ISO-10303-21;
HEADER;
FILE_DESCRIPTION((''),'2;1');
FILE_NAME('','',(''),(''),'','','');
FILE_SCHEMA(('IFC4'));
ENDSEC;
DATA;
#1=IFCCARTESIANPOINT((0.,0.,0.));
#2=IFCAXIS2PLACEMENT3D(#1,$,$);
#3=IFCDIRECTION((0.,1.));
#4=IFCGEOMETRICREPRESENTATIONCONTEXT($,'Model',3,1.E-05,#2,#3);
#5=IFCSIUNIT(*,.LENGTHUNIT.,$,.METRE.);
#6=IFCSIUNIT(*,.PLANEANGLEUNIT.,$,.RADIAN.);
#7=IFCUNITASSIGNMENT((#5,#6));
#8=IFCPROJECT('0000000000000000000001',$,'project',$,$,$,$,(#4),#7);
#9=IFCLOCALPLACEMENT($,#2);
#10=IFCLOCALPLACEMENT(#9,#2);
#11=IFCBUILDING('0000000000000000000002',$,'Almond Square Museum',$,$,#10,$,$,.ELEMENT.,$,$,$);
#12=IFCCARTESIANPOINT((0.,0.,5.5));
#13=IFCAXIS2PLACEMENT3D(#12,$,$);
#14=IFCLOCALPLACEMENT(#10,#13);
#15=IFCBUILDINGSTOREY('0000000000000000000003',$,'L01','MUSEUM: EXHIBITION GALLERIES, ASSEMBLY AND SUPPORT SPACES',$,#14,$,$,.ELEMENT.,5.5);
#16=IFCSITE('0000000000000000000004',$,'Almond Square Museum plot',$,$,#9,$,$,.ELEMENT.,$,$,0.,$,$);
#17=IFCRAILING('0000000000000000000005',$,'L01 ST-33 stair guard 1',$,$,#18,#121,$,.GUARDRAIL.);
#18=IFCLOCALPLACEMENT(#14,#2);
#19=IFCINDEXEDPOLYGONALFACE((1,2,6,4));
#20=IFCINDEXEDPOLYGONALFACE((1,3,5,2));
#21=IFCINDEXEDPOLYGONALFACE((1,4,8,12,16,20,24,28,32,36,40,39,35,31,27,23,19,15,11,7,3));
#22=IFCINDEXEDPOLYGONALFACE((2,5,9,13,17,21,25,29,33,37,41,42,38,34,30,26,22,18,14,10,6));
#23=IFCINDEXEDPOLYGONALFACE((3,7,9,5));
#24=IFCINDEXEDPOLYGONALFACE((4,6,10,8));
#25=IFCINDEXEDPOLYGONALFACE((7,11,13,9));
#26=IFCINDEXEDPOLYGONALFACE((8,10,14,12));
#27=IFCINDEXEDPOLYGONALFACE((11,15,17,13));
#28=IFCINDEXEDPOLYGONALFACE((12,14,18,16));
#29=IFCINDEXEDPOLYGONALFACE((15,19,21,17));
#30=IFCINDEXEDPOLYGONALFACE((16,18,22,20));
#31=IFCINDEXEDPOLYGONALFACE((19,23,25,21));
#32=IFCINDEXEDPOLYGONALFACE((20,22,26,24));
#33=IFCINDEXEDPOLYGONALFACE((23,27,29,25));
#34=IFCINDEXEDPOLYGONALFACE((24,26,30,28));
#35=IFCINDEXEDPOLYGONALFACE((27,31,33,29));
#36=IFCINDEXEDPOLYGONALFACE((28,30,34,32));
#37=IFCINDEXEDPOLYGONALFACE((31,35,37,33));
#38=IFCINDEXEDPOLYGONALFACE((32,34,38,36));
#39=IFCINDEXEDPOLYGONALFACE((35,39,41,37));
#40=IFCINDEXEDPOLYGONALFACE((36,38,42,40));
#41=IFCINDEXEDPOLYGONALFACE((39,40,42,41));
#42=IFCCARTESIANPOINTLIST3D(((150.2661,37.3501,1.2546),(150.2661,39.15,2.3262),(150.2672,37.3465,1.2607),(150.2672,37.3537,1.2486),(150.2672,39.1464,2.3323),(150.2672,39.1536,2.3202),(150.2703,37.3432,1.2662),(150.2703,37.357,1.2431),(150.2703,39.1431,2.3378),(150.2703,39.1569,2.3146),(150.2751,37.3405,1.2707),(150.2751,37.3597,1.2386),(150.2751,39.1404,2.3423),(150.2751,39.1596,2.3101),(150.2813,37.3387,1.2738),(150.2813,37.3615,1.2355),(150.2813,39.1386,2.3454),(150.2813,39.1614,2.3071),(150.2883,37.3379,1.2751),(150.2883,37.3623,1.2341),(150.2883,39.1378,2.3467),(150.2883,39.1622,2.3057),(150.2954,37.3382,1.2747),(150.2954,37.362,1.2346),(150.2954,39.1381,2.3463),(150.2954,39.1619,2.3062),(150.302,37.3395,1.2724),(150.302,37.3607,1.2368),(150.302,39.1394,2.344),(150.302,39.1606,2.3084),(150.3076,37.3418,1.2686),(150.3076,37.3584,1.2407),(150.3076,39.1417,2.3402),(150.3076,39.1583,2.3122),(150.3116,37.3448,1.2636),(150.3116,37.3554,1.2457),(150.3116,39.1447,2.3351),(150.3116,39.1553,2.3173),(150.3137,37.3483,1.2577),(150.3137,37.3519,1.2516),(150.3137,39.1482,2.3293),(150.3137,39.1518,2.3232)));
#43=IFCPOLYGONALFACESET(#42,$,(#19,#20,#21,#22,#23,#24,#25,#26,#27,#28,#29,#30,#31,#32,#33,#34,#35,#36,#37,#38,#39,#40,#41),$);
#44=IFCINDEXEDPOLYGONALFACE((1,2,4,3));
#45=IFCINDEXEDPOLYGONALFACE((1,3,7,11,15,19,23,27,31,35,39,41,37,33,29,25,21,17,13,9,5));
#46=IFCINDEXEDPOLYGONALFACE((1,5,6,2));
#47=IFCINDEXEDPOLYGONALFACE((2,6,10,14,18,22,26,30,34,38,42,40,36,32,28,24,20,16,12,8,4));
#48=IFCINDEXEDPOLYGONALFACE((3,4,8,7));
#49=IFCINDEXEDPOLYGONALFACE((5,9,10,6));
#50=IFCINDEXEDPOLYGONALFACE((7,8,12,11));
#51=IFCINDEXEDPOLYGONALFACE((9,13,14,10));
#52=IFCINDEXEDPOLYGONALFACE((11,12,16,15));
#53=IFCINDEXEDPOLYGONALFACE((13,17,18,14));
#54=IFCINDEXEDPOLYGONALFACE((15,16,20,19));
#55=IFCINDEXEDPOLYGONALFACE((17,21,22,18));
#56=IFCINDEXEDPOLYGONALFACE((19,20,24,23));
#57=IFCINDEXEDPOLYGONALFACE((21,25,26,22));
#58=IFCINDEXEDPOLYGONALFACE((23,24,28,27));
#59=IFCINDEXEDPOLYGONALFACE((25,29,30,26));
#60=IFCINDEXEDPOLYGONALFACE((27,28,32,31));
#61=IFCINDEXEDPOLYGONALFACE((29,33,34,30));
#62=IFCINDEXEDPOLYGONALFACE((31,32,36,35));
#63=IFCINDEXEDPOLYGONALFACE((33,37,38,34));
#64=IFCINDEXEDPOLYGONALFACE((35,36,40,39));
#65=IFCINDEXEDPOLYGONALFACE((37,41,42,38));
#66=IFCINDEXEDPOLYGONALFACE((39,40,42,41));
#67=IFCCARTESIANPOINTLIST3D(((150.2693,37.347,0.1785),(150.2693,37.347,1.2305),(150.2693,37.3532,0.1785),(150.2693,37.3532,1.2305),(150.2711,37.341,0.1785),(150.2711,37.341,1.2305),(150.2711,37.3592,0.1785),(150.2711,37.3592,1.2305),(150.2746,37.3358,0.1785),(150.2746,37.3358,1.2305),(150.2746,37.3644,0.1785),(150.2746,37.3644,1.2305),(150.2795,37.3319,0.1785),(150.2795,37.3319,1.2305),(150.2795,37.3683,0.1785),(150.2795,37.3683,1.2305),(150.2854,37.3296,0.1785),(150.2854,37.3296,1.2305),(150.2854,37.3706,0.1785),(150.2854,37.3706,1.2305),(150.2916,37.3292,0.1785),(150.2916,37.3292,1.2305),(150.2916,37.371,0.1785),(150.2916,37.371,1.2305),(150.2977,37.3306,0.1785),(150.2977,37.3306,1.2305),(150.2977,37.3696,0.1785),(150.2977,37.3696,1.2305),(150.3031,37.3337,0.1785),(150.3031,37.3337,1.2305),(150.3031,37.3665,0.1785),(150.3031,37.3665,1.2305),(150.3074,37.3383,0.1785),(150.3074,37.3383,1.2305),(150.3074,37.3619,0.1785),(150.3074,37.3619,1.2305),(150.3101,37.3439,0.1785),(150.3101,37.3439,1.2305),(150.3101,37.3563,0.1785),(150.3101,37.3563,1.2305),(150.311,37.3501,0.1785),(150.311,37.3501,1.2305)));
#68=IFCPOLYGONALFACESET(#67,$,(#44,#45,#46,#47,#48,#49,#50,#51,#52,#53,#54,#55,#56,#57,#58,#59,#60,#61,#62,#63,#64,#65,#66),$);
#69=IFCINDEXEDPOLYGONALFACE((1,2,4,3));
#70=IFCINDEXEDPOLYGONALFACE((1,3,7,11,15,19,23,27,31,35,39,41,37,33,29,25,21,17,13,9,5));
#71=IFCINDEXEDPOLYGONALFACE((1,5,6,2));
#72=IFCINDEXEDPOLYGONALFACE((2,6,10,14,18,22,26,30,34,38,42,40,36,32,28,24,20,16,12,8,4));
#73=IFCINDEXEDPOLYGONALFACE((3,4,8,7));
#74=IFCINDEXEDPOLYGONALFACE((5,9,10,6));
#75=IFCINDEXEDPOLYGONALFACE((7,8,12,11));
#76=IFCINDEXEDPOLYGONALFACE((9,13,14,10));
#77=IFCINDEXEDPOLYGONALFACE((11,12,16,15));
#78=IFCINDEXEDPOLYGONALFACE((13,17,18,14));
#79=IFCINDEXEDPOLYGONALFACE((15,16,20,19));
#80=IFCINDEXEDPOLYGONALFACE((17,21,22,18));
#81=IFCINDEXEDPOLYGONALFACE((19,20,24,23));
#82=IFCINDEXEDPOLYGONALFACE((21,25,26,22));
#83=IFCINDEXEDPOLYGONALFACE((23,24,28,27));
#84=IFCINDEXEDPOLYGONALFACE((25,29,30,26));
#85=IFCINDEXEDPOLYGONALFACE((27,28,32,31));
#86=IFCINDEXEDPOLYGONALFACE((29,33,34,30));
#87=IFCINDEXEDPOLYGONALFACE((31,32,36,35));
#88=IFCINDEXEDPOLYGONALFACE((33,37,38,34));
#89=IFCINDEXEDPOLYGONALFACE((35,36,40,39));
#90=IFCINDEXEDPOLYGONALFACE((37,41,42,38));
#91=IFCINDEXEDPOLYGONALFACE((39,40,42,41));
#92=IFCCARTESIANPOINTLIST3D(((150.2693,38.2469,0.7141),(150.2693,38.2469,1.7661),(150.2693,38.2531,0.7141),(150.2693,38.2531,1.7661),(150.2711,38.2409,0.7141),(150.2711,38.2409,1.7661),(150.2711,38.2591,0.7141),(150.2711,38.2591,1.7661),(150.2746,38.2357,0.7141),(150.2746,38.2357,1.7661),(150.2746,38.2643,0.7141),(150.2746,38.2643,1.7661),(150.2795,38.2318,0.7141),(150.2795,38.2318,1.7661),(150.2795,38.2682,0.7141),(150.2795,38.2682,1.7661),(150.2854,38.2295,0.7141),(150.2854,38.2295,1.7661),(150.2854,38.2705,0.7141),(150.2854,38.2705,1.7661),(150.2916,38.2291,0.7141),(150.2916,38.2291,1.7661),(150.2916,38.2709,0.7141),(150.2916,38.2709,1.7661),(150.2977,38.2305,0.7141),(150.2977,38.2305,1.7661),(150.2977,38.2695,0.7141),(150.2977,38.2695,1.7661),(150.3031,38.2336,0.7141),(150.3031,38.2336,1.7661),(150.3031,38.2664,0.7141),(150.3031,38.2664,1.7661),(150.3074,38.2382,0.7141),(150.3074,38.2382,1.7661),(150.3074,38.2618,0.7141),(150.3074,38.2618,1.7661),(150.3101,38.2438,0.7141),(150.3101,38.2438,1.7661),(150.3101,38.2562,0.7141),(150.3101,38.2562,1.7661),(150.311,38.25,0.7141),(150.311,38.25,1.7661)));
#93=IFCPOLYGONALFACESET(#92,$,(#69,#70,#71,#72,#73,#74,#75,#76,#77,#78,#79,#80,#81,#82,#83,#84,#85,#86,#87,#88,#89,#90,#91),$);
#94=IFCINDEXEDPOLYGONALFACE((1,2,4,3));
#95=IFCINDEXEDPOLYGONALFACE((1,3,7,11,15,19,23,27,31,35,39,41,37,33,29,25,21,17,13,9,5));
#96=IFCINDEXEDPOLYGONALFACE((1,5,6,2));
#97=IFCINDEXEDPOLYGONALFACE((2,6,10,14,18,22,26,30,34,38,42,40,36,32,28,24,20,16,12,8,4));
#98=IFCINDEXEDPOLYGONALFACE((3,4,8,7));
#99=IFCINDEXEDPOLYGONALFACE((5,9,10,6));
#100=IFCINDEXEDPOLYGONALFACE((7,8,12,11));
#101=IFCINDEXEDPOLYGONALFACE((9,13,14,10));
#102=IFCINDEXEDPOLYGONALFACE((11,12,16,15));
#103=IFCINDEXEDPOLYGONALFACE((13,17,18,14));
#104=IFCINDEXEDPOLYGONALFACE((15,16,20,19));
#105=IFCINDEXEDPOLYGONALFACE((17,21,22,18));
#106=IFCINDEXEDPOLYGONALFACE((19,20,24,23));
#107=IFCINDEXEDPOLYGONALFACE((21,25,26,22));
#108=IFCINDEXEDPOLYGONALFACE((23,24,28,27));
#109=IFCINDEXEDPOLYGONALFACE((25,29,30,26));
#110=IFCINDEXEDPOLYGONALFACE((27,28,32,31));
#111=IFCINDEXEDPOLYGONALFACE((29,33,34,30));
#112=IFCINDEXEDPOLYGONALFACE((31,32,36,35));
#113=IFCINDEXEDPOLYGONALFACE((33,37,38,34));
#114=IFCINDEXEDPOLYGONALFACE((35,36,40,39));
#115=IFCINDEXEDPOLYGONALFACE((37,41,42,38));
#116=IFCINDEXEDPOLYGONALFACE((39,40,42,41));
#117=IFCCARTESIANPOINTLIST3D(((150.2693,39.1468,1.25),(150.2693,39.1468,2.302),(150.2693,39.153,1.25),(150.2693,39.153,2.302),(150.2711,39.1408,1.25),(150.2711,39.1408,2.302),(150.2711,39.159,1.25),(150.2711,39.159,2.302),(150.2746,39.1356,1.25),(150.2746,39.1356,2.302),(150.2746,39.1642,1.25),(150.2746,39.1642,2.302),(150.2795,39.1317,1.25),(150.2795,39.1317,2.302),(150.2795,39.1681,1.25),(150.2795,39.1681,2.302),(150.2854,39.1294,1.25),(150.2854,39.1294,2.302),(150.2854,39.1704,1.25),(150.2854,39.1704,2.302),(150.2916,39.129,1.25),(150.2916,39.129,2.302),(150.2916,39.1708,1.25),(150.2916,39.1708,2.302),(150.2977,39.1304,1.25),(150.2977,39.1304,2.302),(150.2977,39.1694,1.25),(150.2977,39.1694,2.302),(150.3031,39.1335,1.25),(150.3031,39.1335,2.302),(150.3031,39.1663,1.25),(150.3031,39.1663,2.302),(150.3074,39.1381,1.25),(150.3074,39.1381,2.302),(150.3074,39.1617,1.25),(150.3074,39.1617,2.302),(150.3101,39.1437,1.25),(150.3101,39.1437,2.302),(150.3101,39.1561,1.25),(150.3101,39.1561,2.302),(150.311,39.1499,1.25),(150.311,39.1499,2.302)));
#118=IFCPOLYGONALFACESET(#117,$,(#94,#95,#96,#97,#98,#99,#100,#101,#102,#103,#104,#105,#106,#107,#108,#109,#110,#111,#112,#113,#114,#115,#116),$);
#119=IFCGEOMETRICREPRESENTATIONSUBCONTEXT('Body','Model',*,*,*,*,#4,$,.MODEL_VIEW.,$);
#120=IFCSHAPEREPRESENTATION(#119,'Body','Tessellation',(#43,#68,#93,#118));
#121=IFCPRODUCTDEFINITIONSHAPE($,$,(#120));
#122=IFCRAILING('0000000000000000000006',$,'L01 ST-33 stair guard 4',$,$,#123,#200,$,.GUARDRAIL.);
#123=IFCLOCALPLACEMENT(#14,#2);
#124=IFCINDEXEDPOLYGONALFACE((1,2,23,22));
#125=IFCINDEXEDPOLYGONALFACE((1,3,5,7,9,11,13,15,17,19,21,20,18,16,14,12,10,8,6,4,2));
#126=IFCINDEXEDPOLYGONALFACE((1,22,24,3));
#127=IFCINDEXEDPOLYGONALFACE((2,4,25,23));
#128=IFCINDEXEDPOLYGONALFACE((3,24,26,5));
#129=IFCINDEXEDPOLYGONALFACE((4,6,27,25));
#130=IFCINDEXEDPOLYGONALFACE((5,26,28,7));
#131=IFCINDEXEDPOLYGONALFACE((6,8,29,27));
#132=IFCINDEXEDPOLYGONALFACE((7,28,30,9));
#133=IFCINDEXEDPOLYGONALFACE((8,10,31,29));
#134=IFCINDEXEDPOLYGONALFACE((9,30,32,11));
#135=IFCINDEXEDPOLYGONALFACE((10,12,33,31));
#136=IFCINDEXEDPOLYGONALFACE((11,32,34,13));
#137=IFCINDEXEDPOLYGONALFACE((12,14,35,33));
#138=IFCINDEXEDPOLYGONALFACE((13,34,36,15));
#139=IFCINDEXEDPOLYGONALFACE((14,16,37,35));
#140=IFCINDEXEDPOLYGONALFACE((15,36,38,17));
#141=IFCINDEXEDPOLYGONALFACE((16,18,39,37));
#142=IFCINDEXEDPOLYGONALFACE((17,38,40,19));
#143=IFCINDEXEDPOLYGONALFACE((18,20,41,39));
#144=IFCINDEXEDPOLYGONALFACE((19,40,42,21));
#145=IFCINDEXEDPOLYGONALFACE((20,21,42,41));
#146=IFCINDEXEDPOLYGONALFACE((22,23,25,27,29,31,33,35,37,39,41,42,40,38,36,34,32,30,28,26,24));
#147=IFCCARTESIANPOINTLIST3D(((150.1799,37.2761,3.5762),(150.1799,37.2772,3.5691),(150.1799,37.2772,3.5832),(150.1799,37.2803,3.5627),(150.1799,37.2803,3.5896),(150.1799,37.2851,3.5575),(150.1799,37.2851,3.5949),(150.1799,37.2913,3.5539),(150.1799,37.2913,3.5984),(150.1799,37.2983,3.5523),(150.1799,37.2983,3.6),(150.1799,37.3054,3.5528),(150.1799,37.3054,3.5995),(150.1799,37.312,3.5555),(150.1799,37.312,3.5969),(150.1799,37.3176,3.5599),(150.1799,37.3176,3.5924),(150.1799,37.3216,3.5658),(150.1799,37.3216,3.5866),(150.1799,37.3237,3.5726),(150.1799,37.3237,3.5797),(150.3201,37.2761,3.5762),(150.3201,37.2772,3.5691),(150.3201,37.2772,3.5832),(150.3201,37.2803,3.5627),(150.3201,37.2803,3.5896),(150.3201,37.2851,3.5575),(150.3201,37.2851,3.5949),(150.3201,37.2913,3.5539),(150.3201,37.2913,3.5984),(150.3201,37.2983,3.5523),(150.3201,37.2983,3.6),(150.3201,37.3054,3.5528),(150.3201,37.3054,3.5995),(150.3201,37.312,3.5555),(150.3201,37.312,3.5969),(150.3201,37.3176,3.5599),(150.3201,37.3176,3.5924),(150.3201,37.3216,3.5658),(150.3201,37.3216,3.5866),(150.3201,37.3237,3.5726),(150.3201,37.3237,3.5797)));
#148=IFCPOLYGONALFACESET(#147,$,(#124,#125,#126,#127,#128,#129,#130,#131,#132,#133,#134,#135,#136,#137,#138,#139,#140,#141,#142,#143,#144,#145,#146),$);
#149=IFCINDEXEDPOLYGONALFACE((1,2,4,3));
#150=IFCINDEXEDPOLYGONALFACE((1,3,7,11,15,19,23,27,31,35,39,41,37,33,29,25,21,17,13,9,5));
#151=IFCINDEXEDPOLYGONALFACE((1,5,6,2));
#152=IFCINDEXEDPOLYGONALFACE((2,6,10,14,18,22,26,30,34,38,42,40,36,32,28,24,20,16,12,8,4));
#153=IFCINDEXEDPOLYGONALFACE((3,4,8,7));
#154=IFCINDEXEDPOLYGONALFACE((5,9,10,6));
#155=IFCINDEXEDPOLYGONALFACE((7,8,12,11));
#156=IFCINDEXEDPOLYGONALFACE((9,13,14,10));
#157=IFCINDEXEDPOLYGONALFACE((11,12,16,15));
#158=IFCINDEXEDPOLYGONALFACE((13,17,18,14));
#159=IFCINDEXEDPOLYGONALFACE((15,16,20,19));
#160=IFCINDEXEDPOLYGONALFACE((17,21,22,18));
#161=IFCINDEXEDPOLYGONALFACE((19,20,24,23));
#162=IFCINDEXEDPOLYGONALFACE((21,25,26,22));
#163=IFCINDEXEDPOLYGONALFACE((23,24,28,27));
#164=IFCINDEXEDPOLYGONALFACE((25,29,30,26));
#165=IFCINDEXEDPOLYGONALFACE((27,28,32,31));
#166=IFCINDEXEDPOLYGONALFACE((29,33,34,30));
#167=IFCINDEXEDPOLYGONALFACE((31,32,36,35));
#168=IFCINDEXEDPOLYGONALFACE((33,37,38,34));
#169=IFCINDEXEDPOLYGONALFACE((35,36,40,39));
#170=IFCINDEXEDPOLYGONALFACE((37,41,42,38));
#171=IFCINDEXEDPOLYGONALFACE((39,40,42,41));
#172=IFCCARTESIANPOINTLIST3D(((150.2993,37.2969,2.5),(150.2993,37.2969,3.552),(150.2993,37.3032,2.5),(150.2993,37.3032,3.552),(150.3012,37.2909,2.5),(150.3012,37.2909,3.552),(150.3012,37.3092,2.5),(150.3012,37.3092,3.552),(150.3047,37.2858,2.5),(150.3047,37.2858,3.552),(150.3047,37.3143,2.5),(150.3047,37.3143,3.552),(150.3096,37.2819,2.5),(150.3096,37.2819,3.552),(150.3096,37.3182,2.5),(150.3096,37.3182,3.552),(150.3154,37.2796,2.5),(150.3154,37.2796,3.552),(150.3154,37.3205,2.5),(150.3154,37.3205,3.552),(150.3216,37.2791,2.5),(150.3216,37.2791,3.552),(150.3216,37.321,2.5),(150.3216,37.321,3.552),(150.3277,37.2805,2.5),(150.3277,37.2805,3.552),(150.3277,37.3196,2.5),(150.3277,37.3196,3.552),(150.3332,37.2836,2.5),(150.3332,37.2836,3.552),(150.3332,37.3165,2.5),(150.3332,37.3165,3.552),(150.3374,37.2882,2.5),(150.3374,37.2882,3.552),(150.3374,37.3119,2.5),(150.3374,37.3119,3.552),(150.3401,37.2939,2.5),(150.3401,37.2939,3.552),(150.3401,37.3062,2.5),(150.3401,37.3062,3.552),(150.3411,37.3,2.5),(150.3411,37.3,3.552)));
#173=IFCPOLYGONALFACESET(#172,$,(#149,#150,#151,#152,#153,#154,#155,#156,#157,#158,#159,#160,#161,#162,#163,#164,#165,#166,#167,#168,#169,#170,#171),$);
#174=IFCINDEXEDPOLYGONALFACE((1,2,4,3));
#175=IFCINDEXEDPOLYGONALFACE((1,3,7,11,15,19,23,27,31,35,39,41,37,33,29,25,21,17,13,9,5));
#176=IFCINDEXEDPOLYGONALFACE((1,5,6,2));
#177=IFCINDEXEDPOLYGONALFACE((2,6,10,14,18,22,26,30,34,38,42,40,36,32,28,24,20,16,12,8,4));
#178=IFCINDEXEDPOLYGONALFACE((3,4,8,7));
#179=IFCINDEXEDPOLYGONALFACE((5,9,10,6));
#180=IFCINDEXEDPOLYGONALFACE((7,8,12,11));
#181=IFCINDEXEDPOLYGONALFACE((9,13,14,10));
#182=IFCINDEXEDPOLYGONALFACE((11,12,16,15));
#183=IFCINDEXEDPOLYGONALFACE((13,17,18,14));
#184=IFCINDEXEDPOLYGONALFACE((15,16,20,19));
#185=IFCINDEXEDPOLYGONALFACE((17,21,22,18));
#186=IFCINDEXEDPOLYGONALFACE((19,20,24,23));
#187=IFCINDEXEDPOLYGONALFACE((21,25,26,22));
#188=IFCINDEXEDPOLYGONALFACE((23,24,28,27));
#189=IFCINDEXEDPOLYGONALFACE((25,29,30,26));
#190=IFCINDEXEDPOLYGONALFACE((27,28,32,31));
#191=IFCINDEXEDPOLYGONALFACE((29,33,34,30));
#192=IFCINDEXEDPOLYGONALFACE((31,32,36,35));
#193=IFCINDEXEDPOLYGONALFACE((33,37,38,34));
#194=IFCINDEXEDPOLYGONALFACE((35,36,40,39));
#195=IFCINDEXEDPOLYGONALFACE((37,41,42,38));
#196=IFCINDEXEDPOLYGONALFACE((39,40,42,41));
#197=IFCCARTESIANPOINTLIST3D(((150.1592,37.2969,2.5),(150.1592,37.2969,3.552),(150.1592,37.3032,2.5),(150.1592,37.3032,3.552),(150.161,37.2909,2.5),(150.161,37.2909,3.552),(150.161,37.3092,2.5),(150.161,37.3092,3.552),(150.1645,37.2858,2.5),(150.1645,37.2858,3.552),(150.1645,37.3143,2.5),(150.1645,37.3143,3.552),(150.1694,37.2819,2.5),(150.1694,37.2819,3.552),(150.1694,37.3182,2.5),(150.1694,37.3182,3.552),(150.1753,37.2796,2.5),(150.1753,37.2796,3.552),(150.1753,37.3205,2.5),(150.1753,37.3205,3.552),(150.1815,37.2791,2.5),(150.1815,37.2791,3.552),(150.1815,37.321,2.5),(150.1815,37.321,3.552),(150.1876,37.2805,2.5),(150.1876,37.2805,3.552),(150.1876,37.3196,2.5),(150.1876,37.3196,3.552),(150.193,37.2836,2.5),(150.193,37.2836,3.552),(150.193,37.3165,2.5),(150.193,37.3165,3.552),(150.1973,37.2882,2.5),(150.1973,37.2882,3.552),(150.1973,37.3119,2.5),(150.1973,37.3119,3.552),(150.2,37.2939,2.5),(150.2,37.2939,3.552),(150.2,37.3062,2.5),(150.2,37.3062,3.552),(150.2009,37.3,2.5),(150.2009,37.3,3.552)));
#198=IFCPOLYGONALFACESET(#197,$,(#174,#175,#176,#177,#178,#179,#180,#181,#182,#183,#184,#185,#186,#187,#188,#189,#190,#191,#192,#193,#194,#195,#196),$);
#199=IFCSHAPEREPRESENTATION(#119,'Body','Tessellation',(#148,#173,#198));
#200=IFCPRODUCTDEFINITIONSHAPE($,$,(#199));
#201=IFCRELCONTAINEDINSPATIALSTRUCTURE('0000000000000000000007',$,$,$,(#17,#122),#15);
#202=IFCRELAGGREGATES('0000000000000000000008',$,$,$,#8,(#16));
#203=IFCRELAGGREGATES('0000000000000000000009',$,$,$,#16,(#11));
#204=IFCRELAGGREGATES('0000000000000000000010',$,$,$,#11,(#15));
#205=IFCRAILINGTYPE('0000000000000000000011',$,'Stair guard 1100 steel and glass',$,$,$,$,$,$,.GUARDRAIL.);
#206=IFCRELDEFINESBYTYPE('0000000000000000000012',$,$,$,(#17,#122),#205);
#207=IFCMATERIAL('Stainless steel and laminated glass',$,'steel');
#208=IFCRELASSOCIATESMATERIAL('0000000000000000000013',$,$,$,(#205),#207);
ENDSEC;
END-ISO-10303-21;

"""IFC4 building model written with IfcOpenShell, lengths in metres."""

from ifc_helpers import new_model, si_unit, direction, frame, origin, origin_2d, place, context, subcontext, project, spatial, circle, extrude, material, type_object, element, save


model = new_model("IFC4")

# Units and contexts
model_context = context("Model", 3, precision=1e-05, world=origin(), true_north=direction((0.0, 1.0)))
body_context = subcontext(model_context, "Body", "Model", "MODEL_VIEW")
ifc_project = project(units=[si_unit("LENGTHUNIT", "METRE"), si_unit("PLANEANGLEUNIT", "RADIAN")], contexts=[model_context])

# Site, building, storey
site_placement = place(None, origin())
site = spatial("IfcSite", under=ifc_project, at=site_placement, Name="Almond Square Museum plot", CompositionType="ELEMENT", RefElevation=0.0)
building_placement = place(site_placement, origin())
building = spatial("IfcBuilding", under=site, at=building_placement, Name="Almond Square Museum", CompositionType="ELEMENT")
storey_placement = place(building_placement, frame((0.0, 0.0, 5.5)))
storey = spatial("IfcBuildingStorey", under=building, at=storey_placement, Name="L01", Description="MUSEUM: EXHIBITION GALLERIES, ASSEMBLY AND SUPPORT SPACES", CompositionType="ELEMENT", Elevation=5.5)

# Railings
ifc_material_1 = material(Name="Stainless steel and laminated glass", Category="steel")
railing_type = type_object("IfcRailingType", Name="Stair guard 1100 steel and glass", PredefinedType="GUARDRAIL", material=ifc_material_1)
railing_1_placement = place(storey_placement, frame((150.29, 37.3501, 0.1785)))
element("IfcRailing", 1, at=railing_1_placement, inside=storey, type_object=railing_type, Name="L01 ST-33 stair guard 1", PredefinedType="GUARDRAIL", context=body_context, shape_type="SweptSolid", body=[
    extrude(circle(Radius=0.0239, at=origin_2d()), frame((0.0, 0.0, 1.0762), z_axis=(0.0, 0.859247, 0.511562), x_axis=(-1.0, 0.0, 0.0)), (0.0, 0.0, 1.0), 2.0947),
    extrude(circle(Radius=0.021, at=origin_2d()), origin(), (0.0, 0.0, 1.0), 1.052),
    extrude(circle(Radius=0.021, at=origin_2d()), frame((0.0, 0.8999, 0.5356)), (0.0, 0.0, 1.0), 1.052),
    extrude(circle(Radius=0.021, at=origin_2d()), frame((0.0, 1.7998, 1.0715)), (0.0, 0.0, 1.0), 1.052),
])
railing_2_placement = place(storey_placement, frame((150.3201, 37.3, 2.5)))
element("IfcRailing", 2, at=railing_2_placement, inside=storey, type_object=railing_type, Name="L01 ST-33 stair guard 4", PredefinedType="GUARDRAIL", context=body_context, shape_type="SweptSolid", body=[
    extrude(circle(Radius=0.0239, at=origin_2d()), frame((0.0, 0.0, 1.0762), z_axis=(-1.0, 0.0, 0.0), x_axis=(0.0, -1.0, 0.0)), (0.0, 0.0, 1.0), 0.1401),
    extrude(circle(Radius=0.021, at=origin_2d()), origin(), (0.0, 0.0, 1.0), 1.052),
    extrude(circle(Radius=0.021, at=origin_2d()), frame((-0.1401, 0.0, 0.0)), (0.0, 0.0, 1.0), 1.052),
])

save(model, "model.ifc")
